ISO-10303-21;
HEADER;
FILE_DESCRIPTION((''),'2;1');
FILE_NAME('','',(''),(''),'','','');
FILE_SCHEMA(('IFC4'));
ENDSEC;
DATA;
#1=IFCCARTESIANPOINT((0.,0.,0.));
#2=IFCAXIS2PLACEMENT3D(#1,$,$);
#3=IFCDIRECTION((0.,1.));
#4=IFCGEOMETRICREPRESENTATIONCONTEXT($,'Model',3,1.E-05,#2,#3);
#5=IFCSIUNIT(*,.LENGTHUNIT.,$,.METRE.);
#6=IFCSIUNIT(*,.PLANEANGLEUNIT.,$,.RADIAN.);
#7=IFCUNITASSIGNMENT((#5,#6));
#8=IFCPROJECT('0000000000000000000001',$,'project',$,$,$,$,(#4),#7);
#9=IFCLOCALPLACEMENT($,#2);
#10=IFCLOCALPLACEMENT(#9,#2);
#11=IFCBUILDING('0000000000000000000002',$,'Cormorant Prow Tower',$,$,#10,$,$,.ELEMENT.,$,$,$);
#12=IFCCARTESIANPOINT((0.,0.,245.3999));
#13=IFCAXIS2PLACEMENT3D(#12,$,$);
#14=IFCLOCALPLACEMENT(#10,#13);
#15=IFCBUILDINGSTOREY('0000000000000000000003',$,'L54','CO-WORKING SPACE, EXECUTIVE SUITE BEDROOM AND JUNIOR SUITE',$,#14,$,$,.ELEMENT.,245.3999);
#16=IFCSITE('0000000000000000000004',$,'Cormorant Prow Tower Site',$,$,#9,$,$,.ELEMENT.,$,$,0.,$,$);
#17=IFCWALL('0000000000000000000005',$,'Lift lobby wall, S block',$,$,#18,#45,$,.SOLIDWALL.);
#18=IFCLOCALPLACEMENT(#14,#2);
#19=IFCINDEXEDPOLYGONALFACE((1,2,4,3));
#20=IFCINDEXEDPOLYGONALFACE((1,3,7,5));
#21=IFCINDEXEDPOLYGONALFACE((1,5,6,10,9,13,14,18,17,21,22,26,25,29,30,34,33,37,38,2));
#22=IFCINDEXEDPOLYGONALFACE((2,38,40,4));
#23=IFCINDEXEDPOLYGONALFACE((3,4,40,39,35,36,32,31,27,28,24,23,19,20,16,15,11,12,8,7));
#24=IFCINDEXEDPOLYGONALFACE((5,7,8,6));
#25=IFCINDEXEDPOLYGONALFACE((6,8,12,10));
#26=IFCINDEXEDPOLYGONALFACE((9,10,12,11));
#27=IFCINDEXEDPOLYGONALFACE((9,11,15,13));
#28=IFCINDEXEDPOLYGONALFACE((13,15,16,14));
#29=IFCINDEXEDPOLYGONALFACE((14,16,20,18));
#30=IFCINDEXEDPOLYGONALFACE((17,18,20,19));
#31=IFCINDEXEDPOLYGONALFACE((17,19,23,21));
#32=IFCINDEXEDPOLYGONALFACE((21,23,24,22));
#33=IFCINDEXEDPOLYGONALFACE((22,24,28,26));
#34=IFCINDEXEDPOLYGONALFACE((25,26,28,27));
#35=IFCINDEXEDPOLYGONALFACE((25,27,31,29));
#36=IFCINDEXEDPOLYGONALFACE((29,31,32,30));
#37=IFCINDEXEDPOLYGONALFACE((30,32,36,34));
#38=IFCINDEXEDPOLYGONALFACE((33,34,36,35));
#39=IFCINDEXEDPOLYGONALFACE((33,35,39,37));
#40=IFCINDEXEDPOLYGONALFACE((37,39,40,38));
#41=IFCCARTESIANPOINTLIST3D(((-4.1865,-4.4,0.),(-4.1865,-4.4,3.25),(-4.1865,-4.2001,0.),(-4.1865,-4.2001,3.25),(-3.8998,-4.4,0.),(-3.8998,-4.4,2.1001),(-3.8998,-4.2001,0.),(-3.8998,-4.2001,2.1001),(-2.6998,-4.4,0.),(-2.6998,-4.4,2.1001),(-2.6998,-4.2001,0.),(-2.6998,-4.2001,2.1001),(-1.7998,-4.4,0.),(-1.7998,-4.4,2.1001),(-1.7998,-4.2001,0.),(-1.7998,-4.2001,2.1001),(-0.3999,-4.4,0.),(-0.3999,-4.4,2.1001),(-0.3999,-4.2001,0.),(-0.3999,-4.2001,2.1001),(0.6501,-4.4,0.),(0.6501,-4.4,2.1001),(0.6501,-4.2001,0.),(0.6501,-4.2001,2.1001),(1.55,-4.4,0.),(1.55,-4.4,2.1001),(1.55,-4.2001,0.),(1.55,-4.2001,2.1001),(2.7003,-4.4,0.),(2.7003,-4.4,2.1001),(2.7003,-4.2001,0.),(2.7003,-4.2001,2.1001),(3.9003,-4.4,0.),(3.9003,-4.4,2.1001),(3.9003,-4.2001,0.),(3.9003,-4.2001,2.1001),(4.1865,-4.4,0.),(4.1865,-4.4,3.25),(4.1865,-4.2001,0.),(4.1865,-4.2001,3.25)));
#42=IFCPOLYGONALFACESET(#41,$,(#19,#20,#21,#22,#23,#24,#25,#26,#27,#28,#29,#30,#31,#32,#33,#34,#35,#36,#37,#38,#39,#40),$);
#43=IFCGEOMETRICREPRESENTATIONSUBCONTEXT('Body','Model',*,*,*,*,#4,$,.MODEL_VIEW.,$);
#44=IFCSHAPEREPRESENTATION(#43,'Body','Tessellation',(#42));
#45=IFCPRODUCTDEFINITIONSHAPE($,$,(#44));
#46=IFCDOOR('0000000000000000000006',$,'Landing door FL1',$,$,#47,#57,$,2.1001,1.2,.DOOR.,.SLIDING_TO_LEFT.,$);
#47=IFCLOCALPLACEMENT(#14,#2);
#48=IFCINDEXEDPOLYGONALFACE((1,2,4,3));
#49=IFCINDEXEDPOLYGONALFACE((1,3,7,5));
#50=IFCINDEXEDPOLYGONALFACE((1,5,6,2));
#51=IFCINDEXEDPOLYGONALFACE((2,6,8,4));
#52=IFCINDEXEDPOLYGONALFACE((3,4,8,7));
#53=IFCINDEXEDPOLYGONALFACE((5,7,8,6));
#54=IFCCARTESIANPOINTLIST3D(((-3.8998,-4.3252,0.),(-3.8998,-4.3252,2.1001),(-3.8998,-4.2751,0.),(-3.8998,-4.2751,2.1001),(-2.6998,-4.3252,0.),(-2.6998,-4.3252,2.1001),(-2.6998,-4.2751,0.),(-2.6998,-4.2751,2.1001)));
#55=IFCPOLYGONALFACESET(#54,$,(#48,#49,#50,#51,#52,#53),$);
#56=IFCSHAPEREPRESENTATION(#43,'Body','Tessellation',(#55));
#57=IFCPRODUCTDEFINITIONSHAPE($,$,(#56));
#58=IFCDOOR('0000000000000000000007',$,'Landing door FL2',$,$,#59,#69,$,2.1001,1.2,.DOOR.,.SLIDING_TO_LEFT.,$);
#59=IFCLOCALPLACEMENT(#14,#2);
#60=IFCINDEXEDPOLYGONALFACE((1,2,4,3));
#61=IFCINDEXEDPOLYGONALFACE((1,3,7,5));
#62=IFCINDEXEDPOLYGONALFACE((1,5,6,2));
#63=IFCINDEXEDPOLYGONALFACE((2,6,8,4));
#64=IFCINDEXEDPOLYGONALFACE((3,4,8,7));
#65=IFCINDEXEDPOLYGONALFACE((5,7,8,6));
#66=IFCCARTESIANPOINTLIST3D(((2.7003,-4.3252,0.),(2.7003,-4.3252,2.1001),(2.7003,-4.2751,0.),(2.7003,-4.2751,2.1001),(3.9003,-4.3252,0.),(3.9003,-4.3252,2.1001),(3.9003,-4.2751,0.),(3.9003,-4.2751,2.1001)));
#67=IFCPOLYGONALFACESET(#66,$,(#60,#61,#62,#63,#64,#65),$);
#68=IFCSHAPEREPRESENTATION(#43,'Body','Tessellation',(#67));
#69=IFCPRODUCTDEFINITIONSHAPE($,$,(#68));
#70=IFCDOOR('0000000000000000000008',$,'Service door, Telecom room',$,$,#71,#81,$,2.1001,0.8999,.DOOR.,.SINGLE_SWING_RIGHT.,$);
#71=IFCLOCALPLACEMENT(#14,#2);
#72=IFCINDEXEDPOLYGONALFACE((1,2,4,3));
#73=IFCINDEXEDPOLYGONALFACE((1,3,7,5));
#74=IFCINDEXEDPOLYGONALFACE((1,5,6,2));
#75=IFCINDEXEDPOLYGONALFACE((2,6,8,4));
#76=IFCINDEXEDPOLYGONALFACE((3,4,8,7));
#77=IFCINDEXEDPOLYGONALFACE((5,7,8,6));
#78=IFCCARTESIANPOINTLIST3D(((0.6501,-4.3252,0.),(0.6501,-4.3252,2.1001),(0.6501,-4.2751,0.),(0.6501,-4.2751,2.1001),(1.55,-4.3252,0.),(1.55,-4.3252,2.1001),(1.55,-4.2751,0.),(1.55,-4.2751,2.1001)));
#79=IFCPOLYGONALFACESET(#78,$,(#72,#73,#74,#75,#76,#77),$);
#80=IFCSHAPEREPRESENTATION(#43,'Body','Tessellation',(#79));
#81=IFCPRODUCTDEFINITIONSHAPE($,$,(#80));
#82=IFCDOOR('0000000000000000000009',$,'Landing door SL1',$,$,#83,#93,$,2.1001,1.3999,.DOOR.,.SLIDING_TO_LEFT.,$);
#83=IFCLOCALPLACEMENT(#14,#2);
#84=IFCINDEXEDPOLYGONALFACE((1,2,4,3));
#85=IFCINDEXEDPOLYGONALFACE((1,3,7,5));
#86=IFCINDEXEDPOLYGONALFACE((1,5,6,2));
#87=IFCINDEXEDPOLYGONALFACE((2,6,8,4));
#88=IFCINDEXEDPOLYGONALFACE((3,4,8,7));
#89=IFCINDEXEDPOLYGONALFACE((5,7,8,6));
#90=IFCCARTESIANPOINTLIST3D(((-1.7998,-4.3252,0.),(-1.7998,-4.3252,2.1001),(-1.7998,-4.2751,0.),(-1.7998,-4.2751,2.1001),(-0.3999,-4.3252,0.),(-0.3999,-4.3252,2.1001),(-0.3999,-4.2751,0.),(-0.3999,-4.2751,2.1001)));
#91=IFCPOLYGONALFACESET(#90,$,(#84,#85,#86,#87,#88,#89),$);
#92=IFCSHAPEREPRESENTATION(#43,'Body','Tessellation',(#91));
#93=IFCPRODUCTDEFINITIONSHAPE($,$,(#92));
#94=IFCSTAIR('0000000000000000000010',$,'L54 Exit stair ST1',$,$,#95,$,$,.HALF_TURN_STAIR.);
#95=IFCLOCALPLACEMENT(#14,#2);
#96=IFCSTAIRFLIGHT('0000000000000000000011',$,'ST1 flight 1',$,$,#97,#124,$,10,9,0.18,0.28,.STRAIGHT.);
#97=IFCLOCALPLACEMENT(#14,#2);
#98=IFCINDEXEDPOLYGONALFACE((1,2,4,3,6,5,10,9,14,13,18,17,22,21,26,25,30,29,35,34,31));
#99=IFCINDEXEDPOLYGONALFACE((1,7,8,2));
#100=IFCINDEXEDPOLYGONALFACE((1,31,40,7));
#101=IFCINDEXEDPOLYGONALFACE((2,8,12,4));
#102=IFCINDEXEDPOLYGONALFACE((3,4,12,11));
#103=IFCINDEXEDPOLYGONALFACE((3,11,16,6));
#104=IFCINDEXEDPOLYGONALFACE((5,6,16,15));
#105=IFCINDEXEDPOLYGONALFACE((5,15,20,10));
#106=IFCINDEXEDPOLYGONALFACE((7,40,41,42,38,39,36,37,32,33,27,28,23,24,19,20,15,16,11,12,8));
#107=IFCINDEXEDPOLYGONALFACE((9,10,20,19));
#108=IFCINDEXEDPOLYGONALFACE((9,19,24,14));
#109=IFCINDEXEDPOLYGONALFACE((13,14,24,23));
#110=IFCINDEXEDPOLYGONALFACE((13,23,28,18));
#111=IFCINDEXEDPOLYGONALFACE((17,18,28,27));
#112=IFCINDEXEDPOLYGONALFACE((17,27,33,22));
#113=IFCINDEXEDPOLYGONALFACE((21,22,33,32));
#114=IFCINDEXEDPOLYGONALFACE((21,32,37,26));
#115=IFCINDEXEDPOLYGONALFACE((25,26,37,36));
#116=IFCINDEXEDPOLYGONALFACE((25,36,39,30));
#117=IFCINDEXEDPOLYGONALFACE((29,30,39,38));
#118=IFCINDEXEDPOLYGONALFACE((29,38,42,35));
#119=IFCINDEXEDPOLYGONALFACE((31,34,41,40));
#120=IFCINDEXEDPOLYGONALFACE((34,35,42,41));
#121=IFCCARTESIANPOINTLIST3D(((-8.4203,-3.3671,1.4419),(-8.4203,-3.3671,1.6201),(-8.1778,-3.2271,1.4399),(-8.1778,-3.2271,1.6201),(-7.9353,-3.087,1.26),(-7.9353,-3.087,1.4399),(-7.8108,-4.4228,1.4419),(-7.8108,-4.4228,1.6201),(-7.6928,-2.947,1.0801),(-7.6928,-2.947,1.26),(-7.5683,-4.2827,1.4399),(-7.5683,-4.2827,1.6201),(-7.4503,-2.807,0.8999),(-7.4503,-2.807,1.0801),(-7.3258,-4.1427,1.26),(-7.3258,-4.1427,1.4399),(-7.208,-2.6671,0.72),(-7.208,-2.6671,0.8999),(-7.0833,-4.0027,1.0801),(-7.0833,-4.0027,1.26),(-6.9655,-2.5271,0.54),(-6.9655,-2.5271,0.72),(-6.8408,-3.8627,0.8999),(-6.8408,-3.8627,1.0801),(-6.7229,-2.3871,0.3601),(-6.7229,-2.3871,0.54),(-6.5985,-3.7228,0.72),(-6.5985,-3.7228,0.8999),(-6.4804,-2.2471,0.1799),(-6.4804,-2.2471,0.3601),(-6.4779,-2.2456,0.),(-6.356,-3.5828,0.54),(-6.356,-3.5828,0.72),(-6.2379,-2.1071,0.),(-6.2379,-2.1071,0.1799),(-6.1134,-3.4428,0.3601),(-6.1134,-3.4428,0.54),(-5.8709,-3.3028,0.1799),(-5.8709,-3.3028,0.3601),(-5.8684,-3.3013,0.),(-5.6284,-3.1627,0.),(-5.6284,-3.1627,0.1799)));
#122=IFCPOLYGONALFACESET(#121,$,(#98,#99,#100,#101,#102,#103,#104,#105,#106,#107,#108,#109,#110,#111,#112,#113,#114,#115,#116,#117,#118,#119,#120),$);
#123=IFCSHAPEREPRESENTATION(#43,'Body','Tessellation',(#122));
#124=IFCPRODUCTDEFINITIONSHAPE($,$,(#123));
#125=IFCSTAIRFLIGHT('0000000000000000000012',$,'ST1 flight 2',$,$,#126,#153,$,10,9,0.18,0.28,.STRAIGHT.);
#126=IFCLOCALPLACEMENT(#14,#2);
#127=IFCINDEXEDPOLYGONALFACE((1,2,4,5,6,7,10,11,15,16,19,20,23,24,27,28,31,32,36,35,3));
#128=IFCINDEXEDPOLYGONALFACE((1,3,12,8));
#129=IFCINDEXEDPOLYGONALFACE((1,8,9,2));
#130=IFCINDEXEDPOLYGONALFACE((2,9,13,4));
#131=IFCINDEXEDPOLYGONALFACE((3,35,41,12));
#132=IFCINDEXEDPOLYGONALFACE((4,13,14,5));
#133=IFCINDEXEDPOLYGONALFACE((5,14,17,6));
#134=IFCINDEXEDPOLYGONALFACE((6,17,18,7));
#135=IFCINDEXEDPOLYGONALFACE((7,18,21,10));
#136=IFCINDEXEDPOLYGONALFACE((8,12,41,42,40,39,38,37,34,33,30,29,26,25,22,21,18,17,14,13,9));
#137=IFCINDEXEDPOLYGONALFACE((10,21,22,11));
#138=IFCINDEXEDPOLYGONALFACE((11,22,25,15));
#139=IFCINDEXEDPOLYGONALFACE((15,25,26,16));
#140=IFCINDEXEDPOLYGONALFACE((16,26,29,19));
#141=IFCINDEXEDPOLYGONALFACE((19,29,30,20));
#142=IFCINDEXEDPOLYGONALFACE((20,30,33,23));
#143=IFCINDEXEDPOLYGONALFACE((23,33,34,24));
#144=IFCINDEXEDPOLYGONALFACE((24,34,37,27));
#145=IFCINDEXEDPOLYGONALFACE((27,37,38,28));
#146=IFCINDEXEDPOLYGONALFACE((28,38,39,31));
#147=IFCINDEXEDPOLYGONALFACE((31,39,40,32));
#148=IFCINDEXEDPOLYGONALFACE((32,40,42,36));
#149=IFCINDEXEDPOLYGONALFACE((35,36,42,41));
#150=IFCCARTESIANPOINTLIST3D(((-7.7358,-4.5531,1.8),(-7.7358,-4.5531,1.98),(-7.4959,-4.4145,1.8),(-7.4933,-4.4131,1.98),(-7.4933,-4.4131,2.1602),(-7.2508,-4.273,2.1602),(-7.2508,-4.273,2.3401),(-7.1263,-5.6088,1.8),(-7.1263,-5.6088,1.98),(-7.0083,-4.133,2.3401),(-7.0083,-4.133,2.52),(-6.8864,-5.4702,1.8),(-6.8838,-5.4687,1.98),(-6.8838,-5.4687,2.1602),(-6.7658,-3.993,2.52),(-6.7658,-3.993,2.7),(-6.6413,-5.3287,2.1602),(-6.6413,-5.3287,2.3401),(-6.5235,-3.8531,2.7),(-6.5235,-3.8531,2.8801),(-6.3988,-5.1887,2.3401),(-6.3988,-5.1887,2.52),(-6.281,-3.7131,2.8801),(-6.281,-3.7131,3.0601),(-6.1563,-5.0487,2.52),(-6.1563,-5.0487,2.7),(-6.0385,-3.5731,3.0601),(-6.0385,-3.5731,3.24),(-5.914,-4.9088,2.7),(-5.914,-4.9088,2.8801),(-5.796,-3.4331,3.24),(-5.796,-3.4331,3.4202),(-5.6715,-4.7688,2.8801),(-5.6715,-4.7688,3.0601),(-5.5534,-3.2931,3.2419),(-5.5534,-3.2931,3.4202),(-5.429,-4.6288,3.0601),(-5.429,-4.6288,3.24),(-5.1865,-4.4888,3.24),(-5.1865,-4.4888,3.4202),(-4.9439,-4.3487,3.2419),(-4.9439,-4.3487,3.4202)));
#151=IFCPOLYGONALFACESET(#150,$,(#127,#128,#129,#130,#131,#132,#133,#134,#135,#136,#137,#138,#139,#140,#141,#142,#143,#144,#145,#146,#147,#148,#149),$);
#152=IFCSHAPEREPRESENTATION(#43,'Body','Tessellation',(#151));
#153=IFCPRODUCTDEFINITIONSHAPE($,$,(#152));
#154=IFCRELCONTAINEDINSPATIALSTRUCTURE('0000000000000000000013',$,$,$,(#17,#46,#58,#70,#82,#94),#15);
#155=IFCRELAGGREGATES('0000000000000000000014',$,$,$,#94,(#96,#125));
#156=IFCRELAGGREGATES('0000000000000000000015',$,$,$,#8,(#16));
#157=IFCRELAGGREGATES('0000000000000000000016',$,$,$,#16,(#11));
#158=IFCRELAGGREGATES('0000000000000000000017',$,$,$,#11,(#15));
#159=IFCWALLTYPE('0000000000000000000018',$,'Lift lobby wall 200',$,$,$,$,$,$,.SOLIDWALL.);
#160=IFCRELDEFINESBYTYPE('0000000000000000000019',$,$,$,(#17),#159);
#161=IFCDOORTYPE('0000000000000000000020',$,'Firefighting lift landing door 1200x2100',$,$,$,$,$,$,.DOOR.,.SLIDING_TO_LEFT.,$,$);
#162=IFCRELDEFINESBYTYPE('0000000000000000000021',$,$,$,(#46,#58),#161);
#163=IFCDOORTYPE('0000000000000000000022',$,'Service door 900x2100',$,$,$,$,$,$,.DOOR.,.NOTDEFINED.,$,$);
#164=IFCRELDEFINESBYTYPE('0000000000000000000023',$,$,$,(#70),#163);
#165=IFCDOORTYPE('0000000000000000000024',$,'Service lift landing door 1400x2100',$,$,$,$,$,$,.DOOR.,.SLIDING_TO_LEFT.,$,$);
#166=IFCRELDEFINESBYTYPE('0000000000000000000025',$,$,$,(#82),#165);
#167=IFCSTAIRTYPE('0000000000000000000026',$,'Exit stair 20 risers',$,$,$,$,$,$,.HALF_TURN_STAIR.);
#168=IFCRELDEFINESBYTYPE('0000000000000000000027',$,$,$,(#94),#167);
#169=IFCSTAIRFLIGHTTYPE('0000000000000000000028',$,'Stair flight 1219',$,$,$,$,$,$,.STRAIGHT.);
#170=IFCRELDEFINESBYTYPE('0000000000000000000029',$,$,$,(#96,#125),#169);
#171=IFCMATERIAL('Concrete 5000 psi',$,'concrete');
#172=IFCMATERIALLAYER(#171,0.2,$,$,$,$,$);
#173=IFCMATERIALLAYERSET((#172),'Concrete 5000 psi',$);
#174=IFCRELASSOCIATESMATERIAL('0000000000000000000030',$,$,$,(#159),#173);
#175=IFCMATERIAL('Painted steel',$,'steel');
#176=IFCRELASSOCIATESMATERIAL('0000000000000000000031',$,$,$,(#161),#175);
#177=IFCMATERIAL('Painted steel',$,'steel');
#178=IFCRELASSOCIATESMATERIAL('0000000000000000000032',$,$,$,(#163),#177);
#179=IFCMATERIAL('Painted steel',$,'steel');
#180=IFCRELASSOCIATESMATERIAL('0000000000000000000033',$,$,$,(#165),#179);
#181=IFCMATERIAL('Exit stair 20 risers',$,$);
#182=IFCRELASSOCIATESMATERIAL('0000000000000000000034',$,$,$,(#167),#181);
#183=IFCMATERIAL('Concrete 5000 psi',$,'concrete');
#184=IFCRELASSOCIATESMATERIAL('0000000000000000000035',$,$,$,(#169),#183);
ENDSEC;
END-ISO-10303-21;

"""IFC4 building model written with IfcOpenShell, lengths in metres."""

from ifc_helpers import new_model, si_unit, direction, frame, frame_2d, origin, place, context, subcontext, project, spatial, polyline, rectangle, outline, extrude, material, layer, layer_set, type_object, element, fill, aggregate, save


model = new_model("IFC4")

# Units and contexts
model_context = context("Model", 3, precision=1e-05, world=origin(), true_north=direction((0.0, 1.0)))
body_context = subcontext(model_context, "Body", "Model", "MODEL_VIEW")
ifc_project = project(units=[si_unit("LENGTHUNIT", "METRE"), si_unit("PLANEANGLEUNIT", "RADIAN")], contexts=[model_context])

# Site, building, storey
site_placement = place(None, origin())
site = spatial("IfcSite", under=ifc_project, at=site_placement, Name="Cormorant Prow Tower Site", CompositionType="ELEMENT", RefElevation=0.0)
building_placement = place(site_placement, origin())
building = spatial("IfcBuilding", under=site, at=building_placement, Name="Cormorant Prow Tower", CompositionType="ELEMENT")
storey_placement = place(building_placement, frame((0.0, 0.0, 245.3999)))
storey = spatial("IfcBuildingStorey", under=building, at=storey_placement, Name="L54", Description="CO-WORKING SPACE, EXECUTIVE SUITE BEDROOM AND JUNIOR SUITE", CompositionType="ELEMENT", Elevation=245.3999)

# Wall, openings, doors
ifc_material_1 = material(Name="Concrete 5000 psi", Category="concrete")
ifc_layer_1 = layer(ifc_material_1, 0.2)
ifc_layer_set_1 = layer_set([ifc_layer_1], Name="Concrete 5000 psi")
wall_type_1 = type_object("IfcWallType", Name="Lift lobby wall 200", PredefinedType="SOLIDWALL", material=ifc_layer_set_1)
wall_1_placement = place(storey_placement, frame((-4.1865, -4.3, 0.0), z_axis=(0.0, 0.0, 1.0), x_axis=(1.0, 0.0, 0.0)))
wall_1 = element("IfcWall", 1, at=wall_1_placement, inside=storey, type_object=wall_type_1, Name="Lift lobby wall, S block", PredefinedType="SOLIDWALL", context=body_context, shape_type="SweptSolid", body=[
    extrude(rectangle(XDim=8.373, YDim=0.2, at=frame_2d((4.1865, 0.0))), origin(), (0.0, 0.0, 1.0), 3.25),
])
opening_1_placement = place(wall_1_placement, frame((0.2866, 0.0, 0.0)))
opening_1 = element("IfcOpeningElement", 2, at=opening_1_placement, cuts=wall_1, PredefinedType="OPENING", context=body_context, shape_type="SweptSolid", body=[
    extrude(rectangle(XDim=1.2, YDim=2.1001, at=frame_2d((0.6001, 1.05))), frame((0.0, 0.1099, 0.0), z_axis=(0.0, -1.0, 0.0), x_axis=(1.0, 0.0, 0.0)), (0.0, 0.0, 1.0), 0.22),
])
opening_2_placement = place(wall_1_placement, frame((2.3867, 0.0, 0.0)))
opening_2 = element("IfcOpeningElement", 3, at=opening_2_placement, cuts=wall_1, PredefinedType="OPENING", context=body_context, shape_type="SweptSolid", body=[
    extrude(rectangle(XDim=1.3999, YDim=2.1001, at=frame_2d((0.7, 1.05))), frame((0.0, 0.1099, 0.0), z_axis=(0.0, -1.0, 0.0), x_axis=(1.0, 0.0, 0.0)), (0.0, 0.0, 1.0), 0.22),
])
opening_3_placement = place(wall_1_placement, frame((4.8367, 0.0, 0.0)))
opening_3 = element("IfcOpeningElement", 4, at=opening_3_placement, cuts=wall_1, PredefinedType="OPENING", context=body_context, shape_type="SweptSolid", body=[
    extrude(rectangle(XDim=0.8999, YDim=2.1001, at=frame_2d((0.45, 1.05))), frame((0.0, 0.1099, 0.0), z_axis=(0.0, -1.0, 0.0), x_axis=(1.0, 0.0, 0.0)), (0.0, 0.0, 1.0), 0.22),
])
opening_4_placement = place(wall_1_placement, frame((6.8867, 0.0, 0.0)))
opening_4 = element("IfcOpeningElement", 5, at=opening_4_placement, cuts=wall_1, PredefinedType="OPENING", context=body_context, shape_type="SweptSolid", body=[
    extrude(rectangle(XDim=1.2, YDim=2.1001, at=frame_2d((0.6001, 1.05))), frame((0.0, 0.1099, 0.0), z_axis=(0.0, -1.0, 0.0), x_axis=(1.0, 0.0, 0.0)), (0.0, 0.0, 1.0), 0.22),
])
ifc_material_2 = material(Name="Painted steel", Category="steel")
door_type_1 = type_object("IfcDoorType", Name="Firefighting lift landing door 1200x2100", OperationType="SLIDING_TO_LEFT", PredefinedType="DOOR", material=ifc_material_2)
door_1_placement = place(opening_1_placement, origin())
door_1 = element("IfcDoor", 6, at=door_1_placement, inside=storey, type_object=door_type_1, Name="Landing door FL1", OperationType="SLIDING_TO_LEFT", OverallHeight=2.1001, OverallWidth=1.2, PredefinedType="DOOR", context=body_context, shape_type="SweptSolid", body=[
    extrude(rectangle(XDim=1.2, YDim=2.1001, at=frame_2d((0.6001, 1.05))), frame((0.0, 0.0249, 0.0), z_axis=(0.0, -1.0, 0.0), x_axis=(1.0, 0.0, 0.0)), (0.0, 0.0, 1.0), 0.05),
])
fill(opening_1, door_1)
door_2_placement = place(opening_4_placement, origin())
door_2 = element("IfcDoor", 7, at=door_2_placement, inside=storey, type_object=door_type_1, Name="Landing door FL2", OperationType="SLIDING_TO_LEFT", OverallHeight=2.1001, OverallWidth=1.2, PredefinedType="DOOR", context=body_context, shape_type="SweptSolid", body=[
    extrude(rectangle(XDim=1.2, YDim=2.1001, at=frame_2d((0.6001, 1.05))), frame((0.0, 0.0249, 0.0), z_axis=(0.0, -1.0, 0.0), x_axis=(1.0, 0.0, 0.0)), (0.0, 0.0, 1.0), 0.05),
])
fill(opening_4, door_2)
ifc_material_3 = material(Name="Painted steel", Category="steel")
door_type_2 = type_object("IfcDoorType", Name="Service door 900x2100", OperationType="NOTDEFINED", PredefinedType="DOOR", material=ifc_material_3)
door_3_placement = place(opening_3_placement, origin())
door_3 = element("IfcDoor", 8, at=door_3_placement, inside=storey, type_object=door_type_2, Name="Service door, Telecom room", OperationType="SINGLE_SWING_RIGHT", OverallHeight=2.1001, OverallWidth=0.8999, PredefinedType="DOOR", context=body_context, shape_type="SweptSolid", body=[
    extrude(rectangle(XDim=0.8999, YDim=2.1001, at=frame_2d((0.45, 1.05))), frame((0.0, 0.0249, 0.0), z_axis=(0.0, -1.0, 0.0), x_axis=(1.0, 0.0, 0.0)), (0.0, 0.0, 1.0), 0.05),
])
fill(opening_3, door_3)
ifc_material_4 = material(Name="Painted steel", Category="steel")
door_type_3 = type_object("IfcDoorType", Name="Service lift landing door 1400x2100", OperationType="SLIDING_TO_LEFT", PredefinedType="DOOR", material=ifc_material_4)
door_4_placement = place(opening_2_placement, origin())
door_4 = element("IfcDoor", 9, at=door_4_placement, inside=storey, type_object=door_type_3, Name="Landing door SL1", OperationType="SLIDING_TO_LEFT", OverallHeight=2.1001, OverallWidth=1.3999, PredefinedType="DOOR", context=body_context, shape_type="SweptSolid", body=[
    extrude(rectangle(XDim=1.3999, YDim=2.1001, at=frame_2d((0.7, 1.05))), frame((0.0, 0.0249, 0.0), z_axis=(0.0, -1.0, 0.0), x_axis=(1.0, 0.0, 0.0)), (0.0, 0.0, 1.0), 0.05),
])
fill(opening_2, door_4)

# Stair, stair flights
ifc_material_5 = material(Name="Exit stair 20 risers")
stair_type = type_object("IfcStairType", Name="Exit stair 20 risers", PredefinedType="HALF_TURN_STAIR", material=ifc_material_5)
stair_placement = place(storey_placement, origin())
stair = element("IfcStair", 10, at=stair_placement, inside=storey, type_object=stair_type, Name="L54 Exit stair ST1", PredefinedType="HALF_TURN_STAIR")
ifc_material_6 = material(Name="Concrete 5000 psi", Category="concrete")
stair_flight_type = type_object("IfcStairFlightType", Name="Stair flight 1219", PredefinedType="STRAIGHT", material=ifc_material_6)
stair_flight_1_placement = place(storey_placement, frame((-5.9331, -2.635, 0.0), z_axis=(0.0, 0.0, 1.0), x_axis=(-0.866025, -0.5, 0.0)))
stair_flight_1 = element("IfcStairFlight", 11, at=stair_flight_1_placement, type_object=stair_flight_type, Name="ST1 flight 1", NumberOfRisers=10, NumberOfTreads=9, PredefinedType="STRAIGHT", RiserHeight=0.18, TreadLength=0.28, context=body_context, shape_type="SweptSolid", body=[
    extrude(outline(polyline([(0.0, 0.0), (0.0, 0.1799), (0.28, 0.1799), (0.28, 0.3601), (0.5601, 0.3601), (0.5601, 0.54), (0.8401, 0.54), (0.8401, 0.72), (1.1201, 0.72), (1.1201, 0.8999), (1.3999, 0.8999), (1.3999, 1.0801), (1.6799, 1.0801), (1.6799, 1.26), (1.96, 1.26), (1.96, 1.4399), (2.24, 1.4399), (2.24, 1.6201), (2.52, 1.6201), (2.52, 1.8), (2.52, 1.4419), (0.2771, 0.0), (0.0, 0.0)])), frame((0.0, 0.6094, 0.0), z_axis=(0.0, -1.0, 0.0), x_axis=(1.0, 0.0, 0.0)), (0.0, 0.0, 1.0), 1.219),
])
stair_flight_2_placement = place(storey_placement, frame((-7.4312, -5.0808, 1.8), z_axis=(0.0, 0.0, 1.0), x_axis=(0.866025, 0.5, 0.0)))
stair_flight_2 = element("IfcStairFlight", 12, at=stair_flight_2_placement, type_object=stair_flight_type, Name="ST1 flight 2", NumberOfRisers=10, NumberOfTreads=9, PredefinedType="STRAIGHT", RiserHeight=0.18, TreadLength=0.28, context=body_context, shape_type="SweptSolid", body=[
    extrude(outline(polyline([(0.0, 0.0), (0.0, 0.1799), (0.28, 0.1799), (0.28, 0.3601), (0.5601, 0.3601), (0.5601, 0.54), (0.8401, 0.54), (0.8401, 0.72), (1.1201, 0.72), (1.1201, 0.8999), (1.3999, 0.8999), (1.3999, 1.0801), (1.6799, 1.0801), (1.6799, 1.26), (1.96, 1.26), (1.96, 1.4399), (2.24, 1.4399), (2.24, 1.6201), (2.52, 1.6201), (2.52, 1.8), (2.52, 1.4419), (0.2771, 0.0), (0.0, 0.0)])), frame((0.0, 0.6094, 0.0), z_axis=(0.0, -1.0, 0.0), x_axis=(1.0, 0.0, 0.0)), (0.0, 0.0, 1.0), 1.219),
])
aggregate(stair, [stair_flight_1, stair_flight_2])

save(model, "model.ifc")
